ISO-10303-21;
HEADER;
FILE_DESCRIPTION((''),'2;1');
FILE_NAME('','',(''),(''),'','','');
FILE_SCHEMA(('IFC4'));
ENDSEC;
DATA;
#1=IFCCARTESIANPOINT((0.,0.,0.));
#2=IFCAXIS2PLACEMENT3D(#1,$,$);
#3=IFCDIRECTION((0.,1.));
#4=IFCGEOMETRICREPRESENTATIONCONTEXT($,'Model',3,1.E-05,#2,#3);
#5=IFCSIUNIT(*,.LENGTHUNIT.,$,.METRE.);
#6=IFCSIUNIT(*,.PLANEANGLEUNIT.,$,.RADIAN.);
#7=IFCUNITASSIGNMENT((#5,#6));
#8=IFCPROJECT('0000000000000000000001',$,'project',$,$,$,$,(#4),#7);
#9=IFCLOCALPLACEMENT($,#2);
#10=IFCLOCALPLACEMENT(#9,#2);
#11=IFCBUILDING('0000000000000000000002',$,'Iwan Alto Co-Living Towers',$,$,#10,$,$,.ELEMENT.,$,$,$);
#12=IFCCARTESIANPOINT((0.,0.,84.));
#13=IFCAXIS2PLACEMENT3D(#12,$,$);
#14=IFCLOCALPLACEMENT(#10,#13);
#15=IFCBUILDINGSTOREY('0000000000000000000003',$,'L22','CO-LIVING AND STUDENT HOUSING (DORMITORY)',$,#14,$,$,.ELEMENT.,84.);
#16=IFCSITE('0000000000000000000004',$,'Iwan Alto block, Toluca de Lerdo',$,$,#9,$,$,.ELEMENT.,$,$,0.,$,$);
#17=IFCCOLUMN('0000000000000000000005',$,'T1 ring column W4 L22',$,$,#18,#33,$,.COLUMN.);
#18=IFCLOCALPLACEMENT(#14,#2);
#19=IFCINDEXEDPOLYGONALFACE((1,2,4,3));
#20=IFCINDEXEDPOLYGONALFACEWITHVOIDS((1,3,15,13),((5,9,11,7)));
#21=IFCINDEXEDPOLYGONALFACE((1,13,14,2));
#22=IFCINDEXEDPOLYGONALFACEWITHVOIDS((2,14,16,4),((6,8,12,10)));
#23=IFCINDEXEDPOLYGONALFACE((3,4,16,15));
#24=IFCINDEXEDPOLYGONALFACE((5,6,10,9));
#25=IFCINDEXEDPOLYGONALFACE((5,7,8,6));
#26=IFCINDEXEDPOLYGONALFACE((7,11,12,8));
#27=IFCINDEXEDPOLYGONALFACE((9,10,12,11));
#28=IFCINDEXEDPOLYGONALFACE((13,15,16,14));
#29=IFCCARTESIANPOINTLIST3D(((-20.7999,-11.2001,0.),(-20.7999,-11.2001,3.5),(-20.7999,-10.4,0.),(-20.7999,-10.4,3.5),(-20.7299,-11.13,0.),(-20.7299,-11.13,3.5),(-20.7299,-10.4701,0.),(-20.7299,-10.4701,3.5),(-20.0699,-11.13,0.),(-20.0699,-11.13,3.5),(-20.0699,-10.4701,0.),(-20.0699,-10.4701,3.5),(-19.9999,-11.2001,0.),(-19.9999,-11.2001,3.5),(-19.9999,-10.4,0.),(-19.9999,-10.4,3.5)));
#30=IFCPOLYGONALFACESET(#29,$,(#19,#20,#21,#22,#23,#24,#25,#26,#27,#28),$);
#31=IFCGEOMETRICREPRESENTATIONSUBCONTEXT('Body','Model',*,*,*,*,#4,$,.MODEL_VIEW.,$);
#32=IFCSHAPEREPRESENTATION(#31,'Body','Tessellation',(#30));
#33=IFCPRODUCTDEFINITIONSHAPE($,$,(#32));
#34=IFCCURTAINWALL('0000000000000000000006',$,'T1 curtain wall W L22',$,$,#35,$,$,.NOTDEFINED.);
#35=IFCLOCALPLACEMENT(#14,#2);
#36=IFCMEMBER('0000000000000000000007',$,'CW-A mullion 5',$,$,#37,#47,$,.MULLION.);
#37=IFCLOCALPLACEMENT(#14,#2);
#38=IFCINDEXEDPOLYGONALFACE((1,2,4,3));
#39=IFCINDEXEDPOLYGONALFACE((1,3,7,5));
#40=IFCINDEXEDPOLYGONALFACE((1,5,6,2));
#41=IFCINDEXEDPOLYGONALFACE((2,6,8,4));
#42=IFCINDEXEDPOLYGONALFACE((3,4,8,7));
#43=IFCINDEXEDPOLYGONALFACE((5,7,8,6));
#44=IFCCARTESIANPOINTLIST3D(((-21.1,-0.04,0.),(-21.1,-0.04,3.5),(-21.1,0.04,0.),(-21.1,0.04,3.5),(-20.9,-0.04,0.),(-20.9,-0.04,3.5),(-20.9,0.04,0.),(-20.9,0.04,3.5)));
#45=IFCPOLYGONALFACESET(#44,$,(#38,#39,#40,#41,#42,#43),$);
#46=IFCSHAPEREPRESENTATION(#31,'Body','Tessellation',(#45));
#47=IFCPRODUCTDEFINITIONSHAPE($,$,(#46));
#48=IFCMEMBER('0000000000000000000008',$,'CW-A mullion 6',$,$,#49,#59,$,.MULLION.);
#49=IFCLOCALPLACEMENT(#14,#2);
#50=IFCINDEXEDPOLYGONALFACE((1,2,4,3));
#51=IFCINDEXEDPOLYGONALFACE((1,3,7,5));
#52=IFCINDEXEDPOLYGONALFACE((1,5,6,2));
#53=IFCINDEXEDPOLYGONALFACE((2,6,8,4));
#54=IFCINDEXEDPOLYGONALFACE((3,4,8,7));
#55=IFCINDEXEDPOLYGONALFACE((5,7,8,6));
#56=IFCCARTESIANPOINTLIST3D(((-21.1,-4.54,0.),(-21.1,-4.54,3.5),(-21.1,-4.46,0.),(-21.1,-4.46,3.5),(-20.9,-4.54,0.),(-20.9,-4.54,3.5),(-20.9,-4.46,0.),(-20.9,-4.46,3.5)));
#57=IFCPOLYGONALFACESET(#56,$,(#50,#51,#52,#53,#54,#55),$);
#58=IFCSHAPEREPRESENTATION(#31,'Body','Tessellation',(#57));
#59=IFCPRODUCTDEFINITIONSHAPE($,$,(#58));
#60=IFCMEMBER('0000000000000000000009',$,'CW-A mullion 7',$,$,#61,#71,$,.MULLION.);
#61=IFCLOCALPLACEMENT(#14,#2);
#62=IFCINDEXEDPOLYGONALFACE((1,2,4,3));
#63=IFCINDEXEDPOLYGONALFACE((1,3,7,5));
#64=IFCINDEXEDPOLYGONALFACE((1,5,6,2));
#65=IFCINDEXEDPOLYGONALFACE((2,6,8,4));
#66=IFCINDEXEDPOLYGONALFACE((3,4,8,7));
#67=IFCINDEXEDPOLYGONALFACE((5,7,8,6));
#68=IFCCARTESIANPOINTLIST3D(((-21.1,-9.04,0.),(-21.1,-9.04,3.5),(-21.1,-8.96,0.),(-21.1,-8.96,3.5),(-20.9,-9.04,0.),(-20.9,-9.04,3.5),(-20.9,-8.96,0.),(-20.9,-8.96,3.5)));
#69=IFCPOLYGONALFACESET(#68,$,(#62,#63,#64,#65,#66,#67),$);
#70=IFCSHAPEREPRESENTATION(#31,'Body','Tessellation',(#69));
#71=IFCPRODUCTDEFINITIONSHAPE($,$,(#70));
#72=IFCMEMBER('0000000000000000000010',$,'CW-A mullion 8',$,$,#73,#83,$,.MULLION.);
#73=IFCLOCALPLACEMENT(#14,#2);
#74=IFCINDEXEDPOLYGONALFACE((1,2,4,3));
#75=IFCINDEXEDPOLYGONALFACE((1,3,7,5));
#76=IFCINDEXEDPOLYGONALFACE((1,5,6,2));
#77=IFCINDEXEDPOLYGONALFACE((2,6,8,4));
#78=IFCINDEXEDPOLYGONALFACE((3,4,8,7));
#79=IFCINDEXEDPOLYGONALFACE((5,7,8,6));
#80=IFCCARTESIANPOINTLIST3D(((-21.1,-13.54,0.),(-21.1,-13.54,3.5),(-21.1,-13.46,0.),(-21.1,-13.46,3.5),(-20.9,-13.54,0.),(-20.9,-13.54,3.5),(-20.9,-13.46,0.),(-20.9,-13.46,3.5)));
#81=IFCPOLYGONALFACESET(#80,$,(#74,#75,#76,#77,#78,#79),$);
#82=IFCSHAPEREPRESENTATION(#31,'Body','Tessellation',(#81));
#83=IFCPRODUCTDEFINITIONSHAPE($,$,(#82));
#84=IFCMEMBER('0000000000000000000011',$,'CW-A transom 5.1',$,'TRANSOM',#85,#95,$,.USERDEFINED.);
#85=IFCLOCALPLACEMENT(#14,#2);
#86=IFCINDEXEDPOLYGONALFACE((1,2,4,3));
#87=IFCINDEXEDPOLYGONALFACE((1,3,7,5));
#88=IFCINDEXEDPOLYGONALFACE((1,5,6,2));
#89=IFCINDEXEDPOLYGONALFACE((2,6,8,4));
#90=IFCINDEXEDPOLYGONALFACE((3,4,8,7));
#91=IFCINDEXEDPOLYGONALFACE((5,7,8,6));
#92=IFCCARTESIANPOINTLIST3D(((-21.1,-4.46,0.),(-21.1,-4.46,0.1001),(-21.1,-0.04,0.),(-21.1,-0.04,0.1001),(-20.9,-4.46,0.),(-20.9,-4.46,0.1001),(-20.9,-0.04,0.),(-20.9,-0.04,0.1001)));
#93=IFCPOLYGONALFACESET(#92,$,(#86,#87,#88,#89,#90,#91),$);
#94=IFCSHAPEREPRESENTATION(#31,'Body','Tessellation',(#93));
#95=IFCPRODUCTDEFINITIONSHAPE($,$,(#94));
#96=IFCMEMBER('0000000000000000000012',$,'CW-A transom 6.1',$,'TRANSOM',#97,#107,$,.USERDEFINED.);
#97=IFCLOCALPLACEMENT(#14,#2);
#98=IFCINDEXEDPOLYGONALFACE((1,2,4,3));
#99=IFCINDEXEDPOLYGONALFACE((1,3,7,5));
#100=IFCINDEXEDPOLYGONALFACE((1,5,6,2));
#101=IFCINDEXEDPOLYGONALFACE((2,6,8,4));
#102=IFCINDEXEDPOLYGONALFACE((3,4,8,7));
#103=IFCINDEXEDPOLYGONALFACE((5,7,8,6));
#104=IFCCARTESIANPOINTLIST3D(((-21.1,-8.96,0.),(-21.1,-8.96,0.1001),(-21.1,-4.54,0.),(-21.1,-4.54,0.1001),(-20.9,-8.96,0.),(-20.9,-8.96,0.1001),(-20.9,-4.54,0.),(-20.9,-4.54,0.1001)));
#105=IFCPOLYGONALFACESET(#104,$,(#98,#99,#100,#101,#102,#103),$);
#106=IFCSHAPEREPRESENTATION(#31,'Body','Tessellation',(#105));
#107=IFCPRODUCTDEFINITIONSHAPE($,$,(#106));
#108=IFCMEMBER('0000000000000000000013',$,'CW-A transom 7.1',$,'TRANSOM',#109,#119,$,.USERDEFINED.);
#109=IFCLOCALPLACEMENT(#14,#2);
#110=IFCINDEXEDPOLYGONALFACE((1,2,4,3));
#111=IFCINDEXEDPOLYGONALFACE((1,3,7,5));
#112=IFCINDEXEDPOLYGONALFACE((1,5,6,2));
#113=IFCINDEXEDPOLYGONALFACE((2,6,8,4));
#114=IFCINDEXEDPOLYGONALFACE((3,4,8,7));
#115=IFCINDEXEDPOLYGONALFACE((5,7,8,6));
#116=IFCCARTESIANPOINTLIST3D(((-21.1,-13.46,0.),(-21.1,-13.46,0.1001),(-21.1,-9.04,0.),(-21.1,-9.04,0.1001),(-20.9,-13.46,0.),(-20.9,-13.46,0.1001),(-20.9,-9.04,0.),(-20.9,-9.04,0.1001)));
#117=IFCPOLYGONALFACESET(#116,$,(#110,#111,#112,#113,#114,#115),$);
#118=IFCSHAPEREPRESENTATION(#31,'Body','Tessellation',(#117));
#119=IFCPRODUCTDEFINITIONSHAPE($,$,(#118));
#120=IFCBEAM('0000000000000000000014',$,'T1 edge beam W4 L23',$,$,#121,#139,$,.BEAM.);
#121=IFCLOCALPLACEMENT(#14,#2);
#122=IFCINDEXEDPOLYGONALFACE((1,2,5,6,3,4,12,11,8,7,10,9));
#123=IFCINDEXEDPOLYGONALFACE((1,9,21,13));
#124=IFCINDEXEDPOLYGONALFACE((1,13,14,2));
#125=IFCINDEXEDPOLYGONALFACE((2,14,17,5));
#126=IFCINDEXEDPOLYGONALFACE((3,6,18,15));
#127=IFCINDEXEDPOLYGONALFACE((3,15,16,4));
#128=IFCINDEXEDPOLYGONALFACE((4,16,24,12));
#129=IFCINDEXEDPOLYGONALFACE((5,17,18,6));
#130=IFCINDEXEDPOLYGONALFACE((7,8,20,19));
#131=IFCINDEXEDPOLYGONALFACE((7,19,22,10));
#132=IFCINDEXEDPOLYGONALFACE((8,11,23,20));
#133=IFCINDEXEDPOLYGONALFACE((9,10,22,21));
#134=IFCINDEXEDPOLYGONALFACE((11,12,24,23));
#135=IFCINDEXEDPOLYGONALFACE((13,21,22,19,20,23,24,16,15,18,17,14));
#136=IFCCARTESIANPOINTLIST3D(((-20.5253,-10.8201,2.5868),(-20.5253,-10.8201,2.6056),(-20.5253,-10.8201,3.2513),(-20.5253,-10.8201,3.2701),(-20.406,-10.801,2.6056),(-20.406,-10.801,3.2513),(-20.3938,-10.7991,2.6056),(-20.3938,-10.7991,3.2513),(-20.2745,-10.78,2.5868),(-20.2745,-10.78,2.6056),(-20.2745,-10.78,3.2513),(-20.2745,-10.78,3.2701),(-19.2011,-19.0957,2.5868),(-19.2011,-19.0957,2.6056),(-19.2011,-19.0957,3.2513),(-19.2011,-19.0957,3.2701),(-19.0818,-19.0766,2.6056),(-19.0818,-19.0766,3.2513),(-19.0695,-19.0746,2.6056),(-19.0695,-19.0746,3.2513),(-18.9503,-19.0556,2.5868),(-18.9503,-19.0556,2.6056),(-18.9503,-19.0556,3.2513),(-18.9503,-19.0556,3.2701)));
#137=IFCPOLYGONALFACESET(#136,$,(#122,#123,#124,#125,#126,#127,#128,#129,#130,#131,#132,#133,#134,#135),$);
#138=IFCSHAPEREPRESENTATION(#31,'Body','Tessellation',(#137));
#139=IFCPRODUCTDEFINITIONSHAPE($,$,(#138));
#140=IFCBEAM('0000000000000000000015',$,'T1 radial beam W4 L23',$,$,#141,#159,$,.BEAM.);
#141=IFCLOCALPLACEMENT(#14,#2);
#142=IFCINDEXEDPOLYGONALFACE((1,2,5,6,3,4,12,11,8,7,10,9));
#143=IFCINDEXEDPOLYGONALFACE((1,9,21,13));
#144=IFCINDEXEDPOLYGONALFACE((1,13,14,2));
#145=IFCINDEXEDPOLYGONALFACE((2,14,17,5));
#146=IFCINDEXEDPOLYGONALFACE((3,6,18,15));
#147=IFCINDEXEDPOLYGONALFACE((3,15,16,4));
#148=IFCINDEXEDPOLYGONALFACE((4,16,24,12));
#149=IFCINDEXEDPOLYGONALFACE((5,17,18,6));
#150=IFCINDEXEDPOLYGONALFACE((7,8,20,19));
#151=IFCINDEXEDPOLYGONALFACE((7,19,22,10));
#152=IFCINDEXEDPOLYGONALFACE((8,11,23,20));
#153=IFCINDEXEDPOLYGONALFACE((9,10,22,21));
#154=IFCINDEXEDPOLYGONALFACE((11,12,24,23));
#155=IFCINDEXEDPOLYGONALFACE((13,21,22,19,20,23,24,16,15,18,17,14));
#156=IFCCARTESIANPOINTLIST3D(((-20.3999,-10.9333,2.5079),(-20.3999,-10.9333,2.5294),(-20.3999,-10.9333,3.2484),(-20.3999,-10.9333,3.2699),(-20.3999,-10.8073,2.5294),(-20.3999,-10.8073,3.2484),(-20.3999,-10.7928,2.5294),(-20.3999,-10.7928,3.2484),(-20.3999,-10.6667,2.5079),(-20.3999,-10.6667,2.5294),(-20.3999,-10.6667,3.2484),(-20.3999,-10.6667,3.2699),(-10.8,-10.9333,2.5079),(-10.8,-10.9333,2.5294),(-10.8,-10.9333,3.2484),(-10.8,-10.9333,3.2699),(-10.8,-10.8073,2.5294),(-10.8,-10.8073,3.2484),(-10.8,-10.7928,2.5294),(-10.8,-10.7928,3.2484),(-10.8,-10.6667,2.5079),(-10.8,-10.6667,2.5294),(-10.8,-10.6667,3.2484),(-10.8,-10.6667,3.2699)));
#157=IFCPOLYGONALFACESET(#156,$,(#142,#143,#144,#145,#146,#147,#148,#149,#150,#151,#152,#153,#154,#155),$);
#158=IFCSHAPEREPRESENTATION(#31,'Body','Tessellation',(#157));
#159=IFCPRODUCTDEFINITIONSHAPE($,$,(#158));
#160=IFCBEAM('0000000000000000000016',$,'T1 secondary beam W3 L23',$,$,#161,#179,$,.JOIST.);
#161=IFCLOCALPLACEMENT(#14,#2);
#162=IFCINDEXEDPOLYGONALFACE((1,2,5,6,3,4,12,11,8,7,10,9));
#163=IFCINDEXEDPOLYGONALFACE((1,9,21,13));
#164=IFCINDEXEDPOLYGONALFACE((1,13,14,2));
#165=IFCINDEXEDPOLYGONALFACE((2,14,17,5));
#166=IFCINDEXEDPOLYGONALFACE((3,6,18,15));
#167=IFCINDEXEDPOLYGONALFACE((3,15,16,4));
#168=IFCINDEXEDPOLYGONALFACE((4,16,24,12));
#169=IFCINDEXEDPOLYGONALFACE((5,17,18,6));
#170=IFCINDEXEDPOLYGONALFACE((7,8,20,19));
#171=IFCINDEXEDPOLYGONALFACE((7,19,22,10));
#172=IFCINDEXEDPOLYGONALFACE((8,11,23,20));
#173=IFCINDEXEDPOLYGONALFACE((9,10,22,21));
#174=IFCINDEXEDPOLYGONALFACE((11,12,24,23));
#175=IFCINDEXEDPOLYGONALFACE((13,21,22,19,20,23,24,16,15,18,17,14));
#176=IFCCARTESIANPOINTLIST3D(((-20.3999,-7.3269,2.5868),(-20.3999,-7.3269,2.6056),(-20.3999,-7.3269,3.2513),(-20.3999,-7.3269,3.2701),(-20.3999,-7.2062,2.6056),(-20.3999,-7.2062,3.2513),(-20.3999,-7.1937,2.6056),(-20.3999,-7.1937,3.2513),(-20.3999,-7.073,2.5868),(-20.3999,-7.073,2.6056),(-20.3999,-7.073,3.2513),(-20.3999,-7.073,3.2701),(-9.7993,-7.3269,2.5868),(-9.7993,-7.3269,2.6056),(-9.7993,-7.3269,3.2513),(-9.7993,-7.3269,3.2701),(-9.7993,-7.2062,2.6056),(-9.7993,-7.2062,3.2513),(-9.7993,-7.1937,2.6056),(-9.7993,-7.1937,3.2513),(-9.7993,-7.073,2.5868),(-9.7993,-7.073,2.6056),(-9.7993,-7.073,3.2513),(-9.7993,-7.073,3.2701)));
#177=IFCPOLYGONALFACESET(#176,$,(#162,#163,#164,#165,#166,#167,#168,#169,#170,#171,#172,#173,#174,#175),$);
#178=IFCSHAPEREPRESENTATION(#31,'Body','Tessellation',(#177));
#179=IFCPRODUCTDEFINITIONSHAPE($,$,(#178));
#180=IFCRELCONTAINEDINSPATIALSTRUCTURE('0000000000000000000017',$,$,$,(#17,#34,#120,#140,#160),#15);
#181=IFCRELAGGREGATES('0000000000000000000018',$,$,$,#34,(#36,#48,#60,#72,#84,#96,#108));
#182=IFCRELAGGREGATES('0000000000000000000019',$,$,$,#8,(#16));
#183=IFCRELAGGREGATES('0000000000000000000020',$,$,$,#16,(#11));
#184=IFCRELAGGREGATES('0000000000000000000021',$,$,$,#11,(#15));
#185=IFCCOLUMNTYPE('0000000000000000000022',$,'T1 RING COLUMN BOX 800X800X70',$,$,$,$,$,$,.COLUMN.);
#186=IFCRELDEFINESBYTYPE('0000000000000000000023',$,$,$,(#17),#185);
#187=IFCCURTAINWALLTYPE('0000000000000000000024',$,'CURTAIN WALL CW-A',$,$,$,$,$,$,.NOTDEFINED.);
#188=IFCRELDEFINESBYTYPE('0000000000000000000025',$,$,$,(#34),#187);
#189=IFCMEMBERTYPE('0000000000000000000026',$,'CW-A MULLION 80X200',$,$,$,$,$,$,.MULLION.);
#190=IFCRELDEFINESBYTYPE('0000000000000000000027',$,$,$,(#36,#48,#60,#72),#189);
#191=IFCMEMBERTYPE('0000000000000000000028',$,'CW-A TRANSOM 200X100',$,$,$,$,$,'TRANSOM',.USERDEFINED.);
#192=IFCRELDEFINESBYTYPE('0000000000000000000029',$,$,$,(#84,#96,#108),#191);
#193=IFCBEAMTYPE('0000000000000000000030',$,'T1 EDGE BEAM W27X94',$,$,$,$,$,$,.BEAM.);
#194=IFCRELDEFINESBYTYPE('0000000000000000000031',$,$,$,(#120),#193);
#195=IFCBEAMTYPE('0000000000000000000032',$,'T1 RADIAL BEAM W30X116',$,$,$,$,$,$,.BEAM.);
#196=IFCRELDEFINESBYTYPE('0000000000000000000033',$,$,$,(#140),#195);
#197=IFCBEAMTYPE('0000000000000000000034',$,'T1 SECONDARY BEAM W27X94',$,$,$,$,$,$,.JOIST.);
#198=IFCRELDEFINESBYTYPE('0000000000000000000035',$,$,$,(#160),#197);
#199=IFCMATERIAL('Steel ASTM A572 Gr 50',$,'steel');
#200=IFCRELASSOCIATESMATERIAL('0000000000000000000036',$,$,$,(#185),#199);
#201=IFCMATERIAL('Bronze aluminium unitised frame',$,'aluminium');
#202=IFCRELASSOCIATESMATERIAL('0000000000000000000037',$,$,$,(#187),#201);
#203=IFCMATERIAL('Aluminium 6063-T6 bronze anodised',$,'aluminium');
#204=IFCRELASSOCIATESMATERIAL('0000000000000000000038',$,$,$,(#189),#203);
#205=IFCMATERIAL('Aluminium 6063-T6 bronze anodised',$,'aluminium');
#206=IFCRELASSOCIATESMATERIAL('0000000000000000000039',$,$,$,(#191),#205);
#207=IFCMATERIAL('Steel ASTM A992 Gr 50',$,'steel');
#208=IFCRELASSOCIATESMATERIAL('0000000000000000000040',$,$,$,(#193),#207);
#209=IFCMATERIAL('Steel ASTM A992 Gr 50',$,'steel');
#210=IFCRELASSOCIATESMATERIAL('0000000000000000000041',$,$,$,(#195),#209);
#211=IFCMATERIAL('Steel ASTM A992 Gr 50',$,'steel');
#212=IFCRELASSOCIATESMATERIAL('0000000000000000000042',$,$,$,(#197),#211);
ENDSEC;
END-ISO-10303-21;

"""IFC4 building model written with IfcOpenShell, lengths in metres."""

from ifc_helpers import new_model, si_unit, direction, frame, origin, origin_2d, place, context, subcontext, project, spatial, rectangle, hollow_rectangle, i_section, extrude, material, material_profile, profile_set, type_object, element, aggregate, save


model = new_model("IFC4")

# Units and contexts
model_context = context("Model", 3, precision=1e-05, world=origin(), true_north=direction((0.0, 1.0)))
body_context = subcontext(model_context, "Body", "Model", "MODEL_VIEW")
ifc_project = project(units=[si_unit("LENGTHUNIT", "METRE"), si_unit("PLANEANGLEUNIT", "RADIAN")], contexts=[model_context])

# Site, building, storey
site_placement = place(None, origin())
site = spatial("IfcSite", under=ifc_project, at=site_placement, Name="Iwan Alto block, Toluca de Lerdo", CompositionType="ELEMENT", RefElevation=0.0)
building_placement = place(site_placement, origin())
building = spatial("IfcBuilding", under=site, at=building_placement, Name="Iwan Alto Co-Living Towers", CompositionType="ELEMENT")
storey_placement = place(building_placement, frame((0.0, 0.0, 84.0)))
storey = spatial("IfcBuildingStorey", under=building, at=storey_placement, Name="L22", Description="CO-LIVING AND STUDENT HOUSING (DORMITORY)", CompositionType="ELEMENT", Elevation=84.0)

# Column
ifc_material_1 = material(Name="Steel ASTM A572 Gr 50", Category="steel")
ifc_material_profile_1 = material_profile(ifc_material_1, hollow_rectangle(XDim=0.8, YDim=0.8, WallThickness=0.0701, at=origin_2d()), Name="BOX 800X800X70")
ifc_profile_set_1 = profile_set([ifc_material_profile_1], Name="Steel ASTM A572 Gr 50")
column_type = type_object("IfcColumnType", Name="T1 RING COLUMN BOX 800X800X70", PredefinedType="COLUMN", material=ifc_profile_set_1)
column_placement = place(storey_placement, frame((-20.3999, -10.8, 0.0), z_axis=(0.0, 0.0, 1.0), x_axis=(1.0, 0.0, 0.0)))
element("IfcColumn", 1, at=column_placement, inside=storey, type_object=column_type, Name="T1 ring column W4 L22", PredefinedType="COLUMN", context=body_context, shape_type="SweptSolid", body=[
    extrude(hollow_rectangle(XDim=0.8, YDim=0.8, WallThickness=0.0701, at=origin_2d()), origin(), (0.0, 0.0, 1.0), 3.5),
])

# Curtain wall, members
ifc_material_2 = material(Name="Bronze aluminium unitised frame", Category="aluminium")
curtain_wall_type = type_object("IfcCurtainWallType", Name="CURTAIN WALL CW-A", PredefinedType="NOTDEFINED", material=ifc_material_2)
curtain_wall_placement = place(storey_placement, origin())
curtain_wall = element("IfcCurtainWall", 2, at=curtain_wall_placement, inside=storey, type_object=curtain_wall_type, Name="T1 curtain wall W L22", PredefinedType="NOTDEFINED")
ifc_material_3 = material(Name="Aluminium 6063-T6 bronze anodised", Category="aluminium")
ifc_material_profile_2 = material_profile(ifc_material_3, rectangle(XDim=0.2, YDim=0.0801, at=origin_2d()), Name="AL 80X200")
ifc_profile_set_2 = profile_set([ifc_material_profile_2], Name="Aluminium 6063-T6 bronze anodised")
member_type_1 = type_object("IfcMemberType", Name="CW-A MULLION 80X200", PredefinedType="MULLION", material=ifc_profile_set_2)
member_1_placement = place(storey_placement, frame((-21.0, 0.0, 0.0), z_axis=(0.0, 0.0, 1.0), x_axis=(1.0, 0.0, 0.0)))
member_1 = element("IfcMember", 3, at=member_1_placement, type_object=member_type_1, Name="CW-A mullion 5", PredefinedType="MULLION", context=body_context, shape_type="SweptSolid", body=[
    extrude(rectangle(XDim=0.2, YDim=0.0801, at=origin_2d()), origin(), (0.0, 0.0, 1.0), 3.5),
])
member_2_placement = place(storey_placement, frame((-21.0, -4.5, 0.0), z_axis=(0.0, 0.0, 1.0), x_axis=(1.0, 0.0, 0.0)))
member_2 = element("IfcMember", 4, at=member_2_placement, type_object=member_type_1, Name="CW-A mullion 6", PredefinedType="MULLION", context=body_context, shape_type="SweptSolid", body=[
    extrude(rectangle(XDim=0.2, YDim=0.0801, at=origin_2d()), origin(), (0.0, 0.0, 1.0), 3.5),
])
member_3_placement = place(storey_placement, frame((-21.0, -9.0, 0.0), z_axis=(0.0, 0.0, 1.0), x_axis=(1.0, 0.0, 0.0)))
member_3 = element("IfcMember", 5, at=member_3_placement, type_object=member_type_1, Name="CW-A mullion 7", PredefinedType="MULLION", context=body_context, shape_type="SweptSolid", body=[
    extrude(rectangle(XDim=0.2, YDim=0.0801, at=origin_2d()), origin(), (0.0, 0.0, 1.0), 3.5),
])
member_4_placement = place(storey_placement, frame((-21.0, -13.5, 0.0), z_axis=(0.0, 0.0, 1.0), x_axis=(1.0, 0.0, 0.0)))
member_4 = element("IfcMember", 6, at=member_4_placement, type_object=member_type_1, Name="CW-A mullion 8", PredefinedType="MULLION", context=body_context, shape_type="SweptSolid", body=[
    extrude(rectangle(XDim=0.2, YDim=0.0801, at=origin_2d()), origin(), (0.0, 0.0, 1.0), 3.5),
])
ifc_material_4 = material(Name="Aluminium 6063-T6 bronze anodised", Category="aluminium")
ifc_material_profile_3 = material_profile(ifc_material_4, rectangle(XDim=0.2, YDim=0.1001, at=origin_2d()), Name="AL 200X100")
ifc_profile_set_3 = profile_set([ifc_material_profile_3], Name="Aluminium 6063-T6 bronze anodised")
member_type_2 = type_object("IfcMemberType", Name="CW-A TRANSOM 200X100", ElementType="TRANSOM", PredefinedType="USERDEFINED", material=ifc_profile_set_3)
member_5_placement = place(storey_placement, frame((-21.0, -0.04, 0.05), z_axis=(0.0, -1.0, 0.0), x_axis=(1.0, 0.0, 0.0)))
member_5 = element("IfcMember", 7, at=member_5_placement, type_object=member_type_2, Name="CW-A transom 5.1", ObjectType="TRANSOM", PredefinedType="USERDEFINED", context=body_context, shape_type="SweptSolid", body=[
    extrude(rectangle(XDim=0.2, YDim=0.1001, at=origin_2d()), origin(), (0.0, 0.0, 1.0), 4.4199),
])
member_6_placement = place(storey_placement, frame((-21.0, -4.54, 0.05), z_axis=(0.0, -1.0, 0.0), x_axis=(1.0, 0.0, 0.0)))
member_6 = element("IfcMember", 8, at=member_6_placement, type_object=member_type_2, Name="CW-A transom 6.1", ObjectType="TRANSOM", PredefinedType="USERDEFINED", context=body_context, shape_type="SweptSolid", body=[
    extrude(rectangle(XDim=0.2, YDim=0.1001, at=origin_2d()), origin(), (0.0, 0.0, 1.0), 4.4199),
])
member_7_placement = place(storey_placement, frame((-21.0, -9.04, 0.05), z_axis=(0.0, -1.0, 0.0), x_axis=(1.0, 0.0, 0.0)))
member_7 = element("IfcMember", 9, at=member_7_placement, type_object=member_type_2, Name="CW-A transom 7.1", ObjectType="TRANSOM", PredefinedType="USERDEFINED", context=body_context, shape_type="SweptSolid", body=[
    extrude(rectangle(XDim=0.2, YDim=0.1001, at=origin_2d()), origin(), (0.0, 0.0, 1.0), 4.4199),
])

# Beams
ifc_material_5 = material(Name="Steel ASTM A992 Gr 50", Category="steel")
ifc_material_profile_4 = material_profile(ifc_material_5, i_section(OverallWidth=0.2539, OverallDepth=0.6833, WebThickness=0.0125, FlangeThickness=0.0188, at=origin_2d()), Name="W27X94")
ifc_profile_set_4 = profile_set([ifc_material_profile_4], Name="Steel ASTM A992 Gr 50")
beam_type_1 = type_object("IfcBeamType", Name="T1 EDGE BEAM W27X94", PredefinedType="BEAM", material=ifc_profile_set_4)
beam_1_placement = place(storey_placement, frame((-20.3999, -10.8, 2.9285), z_axis=(0.158004, -0.987438, 0.0), x_axis=(0.987438, 0.158004, 0.0)))
element("IfcBeam", 10, at=beam_1_placement, inside=storey, type_object=beam_type_1, Name="T1 edge beam W4 L23", PredefinedType="BEAM", context=body_context, shape_type="SweptSolid", body=[
    extrude(i_section(OverallWidth=0.2539, OverallDepth=0.6833, WebThickness=0.0125, FlangeThickness=0.0188, at=origin_2d()), origin(), (0.0, 0.0, 1.0), 8.3809),
])
ifc_material_6 = material(Name="Steel ASTM A992 Gr 50", Category="steel")
ifc_material_profile_5 = material_profile(ifc_material_6, i_section(OverallWidth=0.2666, OverallDepth=0.762, WebThickness=0.0144, FlangeThickness=0.0215, at=origin_2d()), Name="W30X116")
ifc_profile_set_5 = profile_set([ifc_material_profile_5], Name="Steel ASTM A992 Gr 50")
beam_type_2 = type_object("IfcBeamType", Name="T1 RADIAL BEAM W30X116", PredefinedType="BEAM", material=ifc_profile_set_5)
beam_2_placement = place(storey_placement, frame((-20.3999, -10.8, 2.8889), z_axis=(1.0, 0.0, 0.0), x_axis=(0.0, 1.0, 0.0)))
element("IfcBeam", 11, at=beam_2_placement, inside=storey, type_object=beam_type_2, Name="T1 radial beam W4 L23", PredefinedType="BEAM", context=body_context, shape_type="SweptSolid", body=[
    extrude(i_section(OverallWidth=0.2666, OverallDepth=0.762, WebThickness=0.0144, FlangeThickness=0.0215, at=origin_2d()), origin(), (0.0, 0.0, 1.0), 9.5999),
])
ifc_material_7 = material(Name="Steel ASTM A992 Gr 50", Category="steel")
ifc_material_profile_6 = material_profile(ifc_material_7, i_section(OverallWidth=0.2539, OverallDepth=0.6833, WebThickness=0.0125, FlangeThickness=0.0188, at=origin_2d()), Name="W27X94")
ifc_profile_set_6 = profile_set([ifc_material_profile_6], Name="Steel ASTM A992 Gr 50")
beam_type_3 = type_object("IfcBeamType", Name="T1 SECONDARY BEAM W27X94", PredefinedType="JOIST", material=ifc_profile_set_6)
beam_3_placement = place(storey_placement, frame((-20.3999, -7.2, 2.9285), z_axis=(1.0, 0.0, 0.0), x_axis=(0.0, 1.0, 0.0)))
element("IfcBeam", 12, at=beam_3_placement, inside=storey, type_object=beam_type_3, Name="T1 secondary beam W3 L23", PredefinedType="JOIST", context=body_context, shape_type="SweptSolid", body=[
    extrude(i_section(OverallWidth=0.2539, OverallDepth=0.6833, WebThickness=0.0125, FlangeThickness=0.0188, at=origin_2d()), origin(), (0.0, 0.0, 1.0), 10.6006),
])

aggregate(curtain_wall, [member_1, member_2, member_3, member_4, member_5, member_6, member_7])

save(model, "model.ifc")
